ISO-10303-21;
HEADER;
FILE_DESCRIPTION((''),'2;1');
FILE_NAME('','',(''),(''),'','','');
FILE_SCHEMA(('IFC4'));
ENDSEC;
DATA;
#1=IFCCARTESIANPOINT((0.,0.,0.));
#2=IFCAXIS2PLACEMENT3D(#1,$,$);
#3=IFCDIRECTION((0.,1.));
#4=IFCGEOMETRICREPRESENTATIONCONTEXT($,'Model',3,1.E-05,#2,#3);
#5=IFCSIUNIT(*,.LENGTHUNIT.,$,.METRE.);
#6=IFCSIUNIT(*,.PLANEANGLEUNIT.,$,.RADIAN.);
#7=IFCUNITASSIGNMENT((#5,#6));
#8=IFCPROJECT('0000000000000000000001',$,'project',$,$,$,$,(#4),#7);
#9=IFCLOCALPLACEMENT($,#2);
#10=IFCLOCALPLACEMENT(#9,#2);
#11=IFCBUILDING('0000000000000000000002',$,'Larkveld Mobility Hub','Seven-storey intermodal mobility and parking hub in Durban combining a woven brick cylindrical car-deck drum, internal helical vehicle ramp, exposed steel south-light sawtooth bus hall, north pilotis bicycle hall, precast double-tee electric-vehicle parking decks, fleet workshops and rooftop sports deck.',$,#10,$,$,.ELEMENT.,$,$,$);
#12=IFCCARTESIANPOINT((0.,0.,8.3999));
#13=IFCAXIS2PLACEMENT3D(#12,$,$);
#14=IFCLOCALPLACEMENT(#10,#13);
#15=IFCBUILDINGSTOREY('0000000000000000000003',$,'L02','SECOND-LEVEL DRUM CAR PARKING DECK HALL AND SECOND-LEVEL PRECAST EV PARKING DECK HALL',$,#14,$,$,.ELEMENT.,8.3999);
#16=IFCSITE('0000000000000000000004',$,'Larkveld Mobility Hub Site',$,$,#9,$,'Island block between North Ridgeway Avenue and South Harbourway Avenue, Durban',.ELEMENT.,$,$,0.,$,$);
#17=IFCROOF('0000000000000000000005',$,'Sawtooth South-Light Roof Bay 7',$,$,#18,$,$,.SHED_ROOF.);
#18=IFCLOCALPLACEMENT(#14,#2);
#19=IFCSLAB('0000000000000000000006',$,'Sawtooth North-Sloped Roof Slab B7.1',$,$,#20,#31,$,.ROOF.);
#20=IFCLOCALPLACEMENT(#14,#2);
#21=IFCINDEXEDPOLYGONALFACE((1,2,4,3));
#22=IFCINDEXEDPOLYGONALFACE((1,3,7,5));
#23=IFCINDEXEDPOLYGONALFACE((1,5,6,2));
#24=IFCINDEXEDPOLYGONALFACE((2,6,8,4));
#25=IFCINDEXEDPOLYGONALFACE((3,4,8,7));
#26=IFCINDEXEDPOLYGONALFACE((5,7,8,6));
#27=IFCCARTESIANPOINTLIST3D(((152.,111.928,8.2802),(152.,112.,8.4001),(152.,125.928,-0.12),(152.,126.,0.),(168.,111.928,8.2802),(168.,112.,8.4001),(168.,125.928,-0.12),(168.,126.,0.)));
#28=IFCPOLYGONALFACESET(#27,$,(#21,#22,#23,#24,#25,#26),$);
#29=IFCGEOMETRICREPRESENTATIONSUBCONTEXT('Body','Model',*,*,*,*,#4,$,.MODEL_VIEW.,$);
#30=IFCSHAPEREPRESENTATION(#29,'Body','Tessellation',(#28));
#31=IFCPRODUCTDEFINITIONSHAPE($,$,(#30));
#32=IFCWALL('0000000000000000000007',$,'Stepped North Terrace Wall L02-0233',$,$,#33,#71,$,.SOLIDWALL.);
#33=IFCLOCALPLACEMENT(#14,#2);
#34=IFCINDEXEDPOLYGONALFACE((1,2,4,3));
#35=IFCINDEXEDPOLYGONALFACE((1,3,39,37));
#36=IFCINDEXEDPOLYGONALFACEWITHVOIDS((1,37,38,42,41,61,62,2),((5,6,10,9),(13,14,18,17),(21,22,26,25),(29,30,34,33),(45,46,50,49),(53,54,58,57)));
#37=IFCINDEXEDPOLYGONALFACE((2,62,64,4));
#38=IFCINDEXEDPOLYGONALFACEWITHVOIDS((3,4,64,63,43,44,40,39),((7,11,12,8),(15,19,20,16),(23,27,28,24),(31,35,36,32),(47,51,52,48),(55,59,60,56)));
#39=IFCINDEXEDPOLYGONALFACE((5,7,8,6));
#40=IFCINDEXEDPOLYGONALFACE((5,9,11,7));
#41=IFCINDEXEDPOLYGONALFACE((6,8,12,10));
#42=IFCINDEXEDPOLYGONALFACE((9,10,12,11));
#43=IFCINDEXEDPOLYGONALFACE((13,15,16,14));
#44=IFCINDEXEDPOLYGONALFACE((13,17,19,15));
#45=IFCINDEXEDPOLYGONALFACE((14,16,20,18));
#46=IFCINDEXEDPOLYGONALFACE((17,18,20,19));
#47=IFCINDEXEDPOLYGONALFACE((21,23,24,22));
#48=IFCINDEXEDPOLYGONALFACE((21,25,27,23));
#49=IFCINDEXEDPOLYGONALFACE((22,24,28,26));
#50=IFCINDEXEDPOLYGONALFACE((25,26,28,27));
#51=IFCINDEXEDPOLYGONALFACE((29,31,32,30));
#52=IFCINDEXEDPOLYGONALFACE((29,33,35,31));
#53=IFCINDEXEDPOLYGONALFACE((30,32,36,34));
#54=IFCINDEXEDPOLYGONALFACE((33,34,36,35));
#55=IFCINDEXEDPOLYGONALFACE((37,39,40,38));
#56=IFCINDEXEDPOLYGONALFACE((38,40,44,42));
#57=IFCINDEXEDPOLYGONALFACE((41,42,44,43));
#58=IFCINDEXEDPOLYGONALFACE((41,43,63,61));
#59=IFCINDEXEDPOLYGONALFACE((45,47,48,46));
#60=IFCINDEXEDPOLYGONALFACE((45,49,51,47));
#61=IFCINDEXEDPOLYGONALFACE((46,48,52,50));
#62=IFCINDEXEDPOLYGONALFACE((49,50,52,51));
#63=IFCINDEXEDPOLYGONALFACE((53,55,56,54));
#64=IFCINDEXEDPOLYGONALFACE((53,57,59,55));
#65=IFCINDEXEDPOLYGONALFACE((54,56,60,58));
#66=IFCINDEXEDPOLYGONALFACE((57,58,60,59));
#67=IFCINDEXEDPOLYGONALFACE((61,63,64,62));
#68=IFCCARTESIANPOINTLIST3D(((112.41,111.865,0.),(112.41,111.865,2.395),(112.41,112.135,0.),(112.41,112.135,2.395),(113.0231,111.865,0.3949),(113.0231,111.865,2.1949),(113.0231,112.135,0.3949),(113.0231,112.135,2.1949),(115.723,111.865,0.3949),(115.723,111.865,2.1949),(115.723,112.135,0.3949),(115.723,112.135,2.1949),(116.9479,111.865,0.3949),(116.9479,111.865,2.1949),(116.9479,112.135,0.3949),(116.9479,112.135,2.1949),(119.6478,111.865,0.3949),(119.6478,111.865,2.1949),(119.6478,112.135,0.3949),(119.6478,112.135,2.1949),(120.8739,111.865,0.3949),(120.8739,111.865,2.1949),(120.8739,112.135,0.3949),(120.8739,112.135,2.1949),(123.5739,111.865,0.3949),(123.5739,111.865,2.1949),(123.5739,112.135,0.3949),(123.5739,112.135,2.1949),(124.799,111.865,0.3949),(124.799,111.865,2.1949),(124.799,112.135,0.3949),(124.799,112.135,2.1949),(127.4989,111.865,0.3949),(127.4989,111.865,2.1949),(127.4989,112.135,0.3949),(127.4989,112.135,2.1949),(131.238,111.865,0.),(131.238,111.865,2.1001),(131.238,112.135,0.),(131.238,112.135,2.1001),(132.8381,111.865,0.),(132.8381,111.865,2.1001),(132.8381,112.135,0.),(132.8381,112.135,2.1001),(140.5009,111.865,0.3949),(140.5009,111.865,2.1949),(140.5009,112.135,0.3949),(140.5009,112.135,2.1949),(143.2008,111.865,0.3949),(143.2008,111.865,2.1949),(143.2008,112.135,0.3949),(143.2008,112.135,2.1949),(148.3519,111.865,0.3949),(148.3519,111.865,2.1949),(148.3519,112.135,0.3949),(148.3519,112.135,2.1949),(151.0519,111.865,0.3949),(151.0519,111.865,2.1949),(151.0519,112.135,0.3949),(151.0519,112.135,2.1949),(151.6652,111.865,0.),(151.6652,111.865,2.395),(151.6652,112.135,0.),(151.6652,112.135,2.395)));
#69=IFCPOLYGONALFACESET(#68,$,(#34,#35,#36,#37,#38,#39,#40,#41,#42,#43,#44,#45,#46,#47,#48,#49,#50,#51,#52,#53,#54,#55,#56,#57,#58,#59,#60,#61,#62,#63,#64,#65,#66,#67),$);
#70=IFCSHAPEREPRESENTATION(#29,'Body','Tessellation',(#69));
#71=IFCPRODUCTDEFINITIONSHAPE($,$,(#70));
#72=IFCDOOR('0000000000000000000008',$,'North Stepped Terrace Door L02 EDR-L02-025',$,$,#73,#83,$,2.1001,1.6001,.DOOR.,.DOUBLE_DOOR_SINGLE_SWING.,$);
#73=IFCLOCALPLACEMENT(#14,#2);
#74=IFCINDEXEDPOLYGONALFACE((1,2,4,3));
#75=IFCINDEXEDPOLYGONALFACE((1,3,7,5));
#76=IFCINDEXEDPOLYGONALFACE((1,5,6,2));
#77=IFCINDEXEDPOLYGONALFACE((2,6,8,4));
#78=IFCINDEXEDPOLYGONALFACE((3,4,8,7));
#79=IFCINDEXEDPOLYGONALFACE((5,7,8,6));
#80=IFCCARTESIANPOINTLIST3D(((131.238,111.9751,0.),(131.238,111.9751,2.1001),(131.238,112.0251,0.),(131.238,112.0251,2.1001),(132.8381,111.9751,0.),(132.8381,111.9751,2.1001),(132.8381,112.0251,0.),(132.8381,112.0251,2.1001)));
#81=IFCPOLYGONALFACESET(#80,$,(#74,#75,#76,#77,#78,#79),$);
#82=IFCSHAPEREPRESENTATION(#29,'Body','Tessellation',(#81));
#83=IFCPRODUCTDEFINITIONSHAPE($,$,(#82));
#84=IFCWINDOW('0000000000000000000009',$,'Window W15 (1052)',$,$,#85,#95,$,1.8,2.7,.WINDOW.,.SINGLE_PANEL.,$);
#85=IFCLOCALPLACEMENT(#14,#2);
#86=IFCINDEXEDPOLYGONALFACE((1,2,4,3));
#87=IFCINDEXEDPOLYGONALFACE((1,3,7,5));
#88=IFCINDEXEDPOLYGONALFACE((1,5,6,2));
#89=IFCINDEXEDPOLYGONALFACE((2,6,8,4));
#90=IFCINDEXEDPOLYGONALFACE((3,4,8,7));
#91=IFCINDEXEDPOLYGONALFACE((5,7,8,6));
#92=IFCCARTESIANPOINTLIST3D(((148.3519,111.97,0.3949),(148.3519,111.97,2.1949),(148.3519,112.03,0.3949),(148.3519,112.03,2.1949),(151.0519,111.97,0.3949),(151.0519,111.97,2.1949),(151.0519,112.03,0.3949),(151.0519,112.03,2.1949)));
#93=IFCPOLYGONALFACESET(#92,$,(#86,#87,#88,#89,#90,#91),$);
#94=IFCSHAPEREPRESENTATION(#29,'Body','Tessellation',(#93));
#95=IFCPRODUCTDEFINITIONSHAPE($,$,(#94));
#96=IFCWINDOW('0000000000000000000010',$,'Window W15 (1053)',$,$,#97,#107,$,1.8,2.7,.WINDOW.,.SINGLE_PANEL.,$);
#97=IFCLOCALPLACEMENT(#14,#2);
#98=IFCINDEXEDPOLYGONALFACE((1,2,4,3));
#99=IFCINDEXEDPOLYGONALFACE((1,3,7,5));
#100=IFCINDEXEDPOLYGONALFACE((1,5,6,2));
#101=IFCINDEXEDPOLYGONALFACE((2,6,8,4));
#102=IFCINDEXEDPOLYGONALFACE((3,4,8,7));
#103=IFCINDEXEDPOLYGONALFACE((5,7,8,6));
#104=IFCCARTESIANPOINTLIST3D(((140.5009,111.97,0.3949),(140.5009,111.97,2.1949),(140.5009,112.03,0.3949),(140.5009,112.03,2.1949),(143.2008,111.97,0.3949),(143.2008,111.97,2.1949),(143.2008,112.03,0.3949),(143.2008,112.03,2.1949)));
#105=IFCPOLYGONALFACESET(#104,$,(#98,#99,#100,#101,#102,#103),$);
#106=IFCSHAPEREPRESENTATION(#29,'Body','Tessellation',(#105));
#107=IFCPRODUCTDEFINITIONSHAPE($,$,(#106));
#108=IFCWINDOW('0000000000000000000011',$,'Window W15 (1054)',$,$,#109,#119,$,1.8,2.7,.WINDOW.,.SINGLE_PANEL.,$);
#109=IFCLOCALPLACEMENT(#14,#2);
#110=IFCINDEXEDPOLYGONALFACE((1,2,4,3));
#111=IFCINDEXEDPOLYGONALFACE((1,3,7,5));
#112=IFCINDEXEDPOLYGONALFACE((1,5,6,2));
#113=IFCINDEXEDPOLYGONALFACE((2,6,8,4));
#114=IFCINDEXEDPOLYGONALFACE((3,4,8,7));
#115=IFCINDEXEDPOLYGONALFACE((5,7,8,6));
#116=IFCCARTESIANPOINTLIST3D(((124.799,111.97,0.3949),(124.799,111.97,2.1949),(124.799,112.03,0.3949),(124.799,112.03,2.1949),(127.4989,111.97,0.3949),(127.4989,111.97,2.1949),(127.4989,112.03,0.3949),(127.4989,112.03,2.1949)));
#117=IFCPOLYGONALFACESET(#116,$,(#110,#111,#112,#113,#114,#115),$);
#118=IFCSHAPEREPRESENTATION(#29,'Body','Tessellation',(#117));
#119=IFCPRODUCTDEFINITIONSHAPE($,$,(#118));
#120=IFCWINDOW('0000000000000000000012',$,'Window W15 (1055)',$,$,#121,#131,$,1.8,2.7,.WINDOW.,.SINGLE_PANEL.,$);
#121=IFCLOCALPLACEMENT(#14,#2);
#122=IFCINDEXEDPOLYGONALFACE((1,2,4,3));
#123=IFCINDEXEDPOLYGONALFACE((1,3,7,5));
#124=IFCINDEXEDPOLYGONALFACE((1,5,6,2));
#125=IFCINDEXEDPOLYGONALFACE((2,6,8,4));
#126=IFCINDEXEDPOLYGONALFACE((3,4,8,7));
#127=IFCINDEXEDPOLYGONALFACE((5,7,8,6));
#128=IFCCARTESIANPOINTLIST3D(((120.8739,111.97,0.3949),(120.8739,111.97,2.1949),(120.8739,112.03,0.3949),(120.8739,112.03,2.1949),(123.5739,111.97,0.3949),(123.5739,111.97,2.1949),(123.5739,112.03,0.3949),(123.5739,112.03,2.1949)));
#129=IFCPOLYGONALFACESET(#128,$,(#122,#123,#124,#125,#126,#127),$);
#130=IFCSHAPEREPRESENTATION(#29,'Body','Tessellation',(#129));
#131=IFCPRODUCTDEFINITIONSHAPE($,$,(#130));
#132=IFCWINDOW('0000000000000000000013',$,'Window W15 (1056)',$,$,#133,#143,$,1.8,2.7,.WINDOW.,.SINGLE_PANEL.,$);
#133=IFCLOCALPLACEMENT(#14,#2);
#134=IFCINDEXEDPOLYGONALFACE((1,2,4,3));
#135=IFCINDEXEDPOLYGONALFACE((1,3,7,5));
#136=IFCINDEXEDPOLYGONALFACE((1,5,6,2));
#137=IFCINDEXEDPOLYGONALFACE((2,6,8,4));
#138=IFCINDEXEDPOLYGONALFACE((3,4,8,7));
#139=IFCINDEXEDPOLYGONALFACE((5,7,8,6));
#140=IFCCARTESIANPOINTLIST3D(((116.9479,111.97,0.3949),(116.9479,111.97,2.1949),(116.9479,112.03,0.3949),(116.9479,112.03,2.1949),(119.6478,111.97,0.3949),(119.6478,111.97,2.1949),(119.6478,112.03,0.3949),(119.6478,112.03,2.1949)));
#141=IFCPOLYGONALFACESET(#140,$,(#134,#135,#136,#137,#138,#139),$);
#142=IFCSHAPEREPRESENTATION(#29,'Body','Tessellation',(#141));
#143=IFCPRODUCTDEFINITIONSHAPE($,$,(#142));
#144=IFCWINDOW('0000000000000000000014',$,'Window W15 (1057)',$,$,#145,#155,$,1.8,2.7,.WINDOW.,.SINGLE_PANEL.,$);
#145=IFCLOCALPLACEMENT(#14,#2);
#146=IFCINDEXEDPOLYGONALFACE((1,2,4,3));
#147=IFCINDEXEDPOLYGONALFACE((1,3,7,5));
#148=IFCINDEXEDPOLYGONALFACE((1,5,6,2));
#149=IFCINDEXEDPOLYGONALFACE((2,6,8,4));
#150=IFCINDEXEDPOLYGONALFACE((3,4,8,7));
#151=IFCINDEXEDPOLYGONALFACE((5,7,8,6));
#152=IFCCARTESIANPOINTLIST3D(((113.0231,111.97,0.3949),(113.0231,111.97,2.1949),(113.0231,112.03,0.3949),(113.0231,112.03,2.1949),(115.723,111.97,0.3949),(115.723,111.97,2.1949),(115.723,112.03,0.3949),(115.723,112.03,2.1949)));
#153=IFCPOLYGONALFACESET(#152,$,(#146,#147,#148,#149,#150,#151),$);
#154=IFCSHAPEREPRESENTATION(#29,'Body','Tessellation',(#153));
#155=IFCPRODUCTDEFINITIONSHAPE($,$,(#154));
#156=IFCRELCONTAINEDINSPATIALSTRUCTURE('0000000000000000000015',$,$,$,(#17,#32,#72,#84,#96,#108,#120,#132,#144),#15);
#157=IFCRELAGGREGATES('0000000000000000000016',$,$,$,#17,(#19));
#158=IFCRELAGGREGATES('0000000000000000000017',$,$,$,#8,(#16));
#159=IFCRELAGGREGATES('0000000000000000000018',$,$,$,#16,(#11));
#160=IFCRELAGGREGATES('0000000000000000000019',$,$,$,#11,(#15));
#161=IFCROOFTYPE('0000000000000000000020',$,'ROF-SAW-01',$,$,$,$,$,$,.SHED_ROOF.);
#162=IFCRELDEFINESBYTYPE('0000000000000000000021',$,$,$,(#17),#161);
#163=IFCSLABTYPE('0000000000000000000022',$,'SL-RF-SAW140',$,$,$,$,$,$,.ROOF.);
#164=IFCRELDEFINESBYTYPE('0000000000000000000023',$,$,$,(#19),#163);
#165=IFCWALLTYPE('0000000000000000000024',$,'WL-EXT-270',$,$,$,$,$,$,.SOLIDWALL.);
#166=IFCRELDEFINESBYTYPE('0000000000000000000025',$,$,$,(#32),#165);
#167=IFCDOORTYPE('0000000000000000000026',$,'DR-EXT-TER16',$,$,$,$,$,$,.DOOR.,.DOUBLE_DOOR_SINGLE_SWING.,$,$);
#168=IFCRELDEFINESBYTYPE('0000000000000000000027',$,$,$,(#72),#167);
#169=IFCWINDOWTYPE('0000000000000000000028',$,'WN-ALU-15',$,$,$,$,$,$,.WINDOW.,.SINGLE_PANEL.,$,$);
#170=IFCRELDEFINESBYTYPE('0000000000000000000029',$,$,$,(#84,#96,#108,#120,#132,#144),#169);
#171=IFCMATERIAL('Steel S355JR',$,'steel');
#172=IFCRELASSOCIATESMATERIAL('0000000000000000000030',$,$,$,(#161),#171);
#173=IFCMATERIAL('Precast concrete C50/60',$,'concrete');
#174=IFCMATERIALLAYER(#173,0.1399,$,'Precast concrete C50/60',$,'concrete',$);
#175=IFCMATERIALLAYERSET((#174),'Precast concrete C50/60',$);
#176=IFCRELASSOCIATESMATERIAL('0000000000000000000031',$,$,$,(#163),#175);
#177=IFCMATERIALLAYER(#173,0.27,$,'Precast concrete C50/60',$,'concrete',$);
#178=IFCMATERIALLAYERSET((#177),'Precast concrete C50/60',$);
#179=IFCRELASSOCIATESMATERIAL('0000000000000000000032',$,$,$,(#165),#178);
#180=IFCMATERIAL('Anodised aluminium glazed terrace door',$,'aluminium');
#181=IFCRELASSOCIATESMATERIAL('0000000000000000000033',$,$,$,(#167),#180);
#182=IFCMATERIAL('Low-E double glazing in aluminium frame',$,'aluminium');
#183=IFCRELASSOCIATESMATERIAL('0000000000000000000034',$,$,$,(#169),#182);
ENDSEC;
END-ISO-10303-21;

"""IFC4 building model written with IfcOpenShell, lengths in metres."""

from ifc_helpers import new_model, si_unit, direction, frame, frame_2d, origin, place, context, subcontext, project, spatial, polyline, rectangle, outline, extrude, material, layer, layer_set, type_object, element, fill, aggregate, save


model = new_model("IFC4")

# Units and contexts
model_context = context("Model", 3, precision=1e-05, world=origin(), true_north=direction((0.0, 1.0)))
body_context = subcontext(model_context, "Body", "Model", "MODEL_VIEW")
ifc_project = project(units=[si_unit("LENGTHUNIT", "METRE"), si_unit("PLANEANGLEUNIT", "RADIAN")], contexts=[model_context])

# Site, building, storey
site_placement = place(None, origin())
site = spatial("IfcSite", under=ifc_project, at=site_placement, Name="Larkveld Mobility Hub Site", LongName="Island block between North Ridgeway Avenue and South Harbourway Avenue, Durban", CompositionType="ELEMENT", RefElevation=0.0)
building_placement = place(site_placement, origin())
building = spatial("IfcBuilding", under=site, at=building_placement, Name="Larkveld Mobility Hub", Description="Seven-storey intermodal mobility and parking hub in Durban combining a woven brick cylindrical car-deck drum, internal helical vehicle ramp, exposed steel south-light sawtooth bus hall, north pilotis bicycle hall, precast double-tee electric-vehicle parking decks, fleet workshops and rooftop sports deck.", CompositionType="ELEMENT")
storey_placement = place(building_placement, frame((0.0, 0.0, 8.3999)))
storey = spatial("IfcBuildingStorey", under=building, at=storey_placement, Name="L02", Description="SECOND-LEVEL DRUM CAR PARKING DECK HALL AND SECOND-LEVEL PRECAST EV PARKING DECK HALL", CompositionType="ELEMENT", Elevation=8.3999)

# Shared definitions
ifc_material_1 = material(Name="Precast concrete C50/60", Category="concrete")

# Shared definitions
ifc_material_2 = material(Name="Steel S355JR", Category="steel")

# Roof, slab
roof_type = type_object("IfcRoofType", Name="ROF-SAW-01", PredefinedType="SHED_ROOF", material=ifc_material_2)
roof_placement = place(storey_placement, origin())
roof = element("IfcRoof", 1, at=roof_placement, inside=storey, type_object=roof_type, Name="Sawtooth South-Light Roof Bay 7", PredefinedType="SHED_ROOF")
ifc_layer_1 = layer(ifc_material_1, 0.1399, Name="Precast concrete C50/60", Category="concrete")
ifc_layer_set_1 = layer_set([ifc_layer_1], Name="Precast concrete C50/60")
slab_type = type_object("IfcSlabType", Name="SL-RF-SAW140", PredefinedType="ROOF", material=ifc_layer_set_1)
slab_placement = place(storey_placement, frame((152.0, 112.0, 8.4001), z_axis=(0.0, 0.514502, 0.857489), x_axis=(1.0, 0.0, 0.0)))
slab = element("IfcSlab", 2, at=slab_placement, type_object=slab_type, Name="Sawtooth North-Sloped Roof Slab B7.1", PredefinedType="ROOF", context=body_context, shape_type="SweptSolid", body=[
    extrude(outline(polyline([(0.0, 0.0), (16.0, 0.0), (16.0, 16.3267), (0.0, 16.3267), (0.0, 0.0)])), origin(), (0.0, 0.0, -1.0), 0.1399),
])
aggregate(roof, [slab])

# Wall, openings, door, windows
ifc_layer_2 = layer(ifc_material_1, 0.27, Name="Precast concrete C50/60", Category="concrete")
ifc_layer_set_2 = layer_set([ifc_layer_2], Name="Precast concrete C50/60")
wall_type = type_object("IfcWallType", Name="WL-EXT-270", PredefinedType="SOLIDWALL", material=ifc_layer_set_2)
wall_placement = place(storey_placement, frame((151.665, 112.0, 0.0), z_axis=(0.0, 0.0, 1.0), x_axis=(-1.0, 0.0, 0.0)))
wall = element("IfcWall", 3, at=wall_placement, inside=storey, type_object=wall_type, Name="Stepped North Terrace Wall L02-0233", PredefinedType="SOLIDWALL", context=body_context, shape_type="SweptSolid", body=[
    extrude(rectangle(XDim=39.2551, YDim=0.27, at=frame_2d((19.6274, 0.0))), origin(), (0.0, 0.0, 1.0), 2.395),
])
opening_1_placement = place(wall_placement, frame((18.8269, 0.0, 0.0)))
opening_1 = element("IfcOpeningElement", 4, at=opening_1_placement, cuts=wall, PredefinedType="OPENING", context=body_context, shape_type="SweptSolid", body=[
    extrude(rectangle(XDim=1.6001, YDim=2.1001, at=frame_2d((0.8, 1.05))), frame((0.0, 0.145, 0.0), z_axis=(0.0, -1.0, 0.0), x_axis=(1.0, 0.0, 0.0)), (0.0, 0.0, 1.0), 0.29),
])
opening_2_placement = place(wall_placement, frame((0.613, 0.0, 0.395)))
opening_2 = element("IfcOpeningElement", 5, at=opening_2_placement, cuts=wall, PredefinedType="OPENING", context=body_context, shape_type="SweptSolid", body=[
    extrude(rectangle(XDim=2.7, YDim=1.8, at=frame_2d((1.3501, 0.8999))), frame((0.0, 0.145, 0.0), z_axis=(0.0, -1.0, 0.0), x_axis=(1.0, 0.0, 0.0)), (0.0, 0.0, 1.0), 0.29),
])
opening_3_placement = place(wall_placement, frame((8.4641, 0.0, 0.395)))
opening_3 = element("IfcOpeningElement", 6, at=opening_3_placement, cuts=wall, PredefinedType="OPENING", context=body_context, shape_type="SweptSolid", body=[
    extrude(rectangle(XDim=2.7, YDim=1.8, at=frame_2d((1.3501, 0.8999))), frame((0.0, 0.145, 0.0), z_axis=(0.0, -1.0, 0.0), x_axis=(1.0, 0.0, 0.0)), (0.0, 0.0, 1.0), 0.29),
])
opening_4_placement = place(wall_placement, frame((24.166, 0.0, 0.395)))
opening_4 = element("IfcOpeningElement", 7, at=opening_4_placement, cuts=wall, PredefinedType="OPENING", context=body_context, shape_type="SweptSolid", body=[
    extrude(rectangle(XDim=2.7, YDim=1.8, at=frame_2d((1.3501, 0.8999))), frame((0.0, 0.145, 0.0), z_axis=(0.0, -1.0, 0.0), x_axis=(1.0, 0.0, 0.0)), (0.0, 0.0, 1.0), 0.29),
])
opening_5_placement = place(wall_placement, frame((28.0911, 0.0, 0.395)))
opening_5 = element("IfcOpeningElement", 8, at=opening_5_placement, cuts=wall, PredefinedType="OPENING", context=body_context, shape_type="SweptSolid", body=[
    extrude(rectangle(XDim=2.7, YDim=1.8, at=frame_2d((1.3501, 0.8999))), frame((0.0, 0.145, 0.0), z_axis=(0.0, -1.0, 0.0), x_axis=(1.0, 0.0, 0.0)), (0.0, 0.0, 1.0), 0.29),
])
opening_6_placement = place(wall_placement, frame((32.0171, 0.0, 0.395)))
opening_6 = element("IfcOpeningElement", 9, at=opening_6_placement, cuts=wall, PredefinedType="OPENING", context=body_context, shape_type="SweptSolid", body=[
    extrude(rectangle(XDim=2.7, YDim=1.8, at=frame_2d((1.3501, 0.8999))), frame((0.0, 0.145, 0.0), z_axis=(0.0, -1.0, 0.0), x_axis=(1.0, 0.0, 0.0)), (0.0, 0.0, 1.0), 0.29),
])
opening_7_placement = place(wall_placement, frame((35.9419, 0.0, 0.395)))
opening_7 = element("IfcOpeningElement", 10, at=opening_7_placement, cuts=wall, PredefinedType="OPENING", context=body_context, shape_type="SweptSolid", body=[
    extrude(rectangle(XDim=2.7, YDim=1.8, at=frame_2d((1.3501, 0.8999))), frame((0.0, 0.145, 0.0), z_axis=(0.0, -1.0, 0.0), x_axis=(1.0, 0.0, 0.0)), (0.0, 0.0, 1.0), 0.29),
])
ifc_material_3 = material(Name="Anodised aluminium glazed terrace door", Category="aluminium")
door_type = type_object("IfcDoorType", Name="DR-EXT-TER16", OperationType="DOUBLE_DOOR_SINGLE_SWING", PredefinedType="DOOR", material=ifc_material_3)
door_placement = place(opening_1_placement, origin())
door = element("IfcDoor", 11, at=door_placement, inside=storey, type_object=door_type, Name="North Stepped Terrace Door L02 EDR-L02-025", OperationType="DOUBLE_DOOR_SINGLE_SWING", OverallHeight=2.1001, OverallWidth=1.6001, PredefinedType="DOOR", context=body_context, shape_type="SweptSolid", body=[
    extrude(rectangle(XDim=1.6001, YDim=2.1001, at=frame_2d((0.8, 1.05))), frame((0.0, 0.0249, 0.0), z_axis=(0.0, -1.0, 0.0), x_axis=(1.0, 0.0, 0.0)), (0.0, 0.0, 1.0), 0.05),
])
fill(opening_1, door)
ifc_material_4 = material(Name="Low-E double glazing in aluminium frame", Category="aluminium")
window_type = type_object("IfcWindowType", Name="WN-ALU-15", PartitioningType="SINGLE_PANEL", PredefinedType="WINDOW", material=ifc_material_4)
window_1_placement = place(opening_2_placement, origin())
window_1 = element("IfcWindow", 12, at=window_1_placement, inside=storey, type_object=window_type, Name="Window W15 (1052)", OverallHeight=1.8, OverallWidth=2.7, PartitioningType="SINGLE_PANEL", PredefinedType="WINDOW", context=body_context, shape_type="SweptSolid", body=[
    extrude(rectangle(XDim=2.7, YDim=1.8, at=frame_2d((1.3501, 0.8999))), frame((0.0, 0.03, 0.0), z_axis=(0.0, -1.0, 0.0), x_axis=(1.0, 0.0, 0.0)), (0.0, 0.0, 1.0), 0.0601),
])
fill(opening_2, window_1)
window_2_placement = place(opening_3_placement, origin())
window_2 = element("IfcWindow", 13, at=window_2_placement, inside=storey, type_object=window_type, Name="Window W15 (1053)", OverallHeight=1.8, OverallWidth=2.7, PartitioningType="SINGLE_PANEL", PredefinedType="WINDOW", context=body_context, shape_type="SweptSolid", body=[
    extrude(rectangle(XDim=2.7, YDim=1.8, at=frame_2d((1.3501, 0.8999))), frame((0.0, 0.03, 0.0), z_axis=(0.0, -1.0, 0.0), x_axis=(1.0, 0.0, 0.0)), (0.0, 0.0, 1.0), 0.0601),
])
fill(opening_3, window_2)
window_3_placement = place(opening_4_placement, origin())
window_3 = element("IfcWindow", 14, at=window_3_placement, inside=storey, type_object=window_type, Name="Window W15 (1054)", OverallHeight=1.8, OverallWidth=2.7, PartitioningType="SINGLE_PANEL", PredefinedType="WINDOW", context=body_context, shape_type="SweptSolid", body=[
    extrude(rectangle(XDim=2.7, YDim=1.8, at=frame_2d((1.3501, 0.8999))), frame((0.0, 0.03, 0.0), z_axis=(0.0, -1.0, 0.0), x_axis=(1.0, 0.0, 0.0)), (0.0, 0.0, 1.0), 0.0601),
])
fill(opening_4, window_3)
window_4_placement = place(opening_5_placement, origin())
window_4 = element("IfcWindow", 15, at=window_4_placement, inside=storey, type_object=window_type, Name="Window W15 (1055)", OverallHeight=1.8, OverallWidth=2.7, PartitioningType="SINGLE_PANEL", PredefinedType="WINDOW", context=body_context, shape_type="SweptSolid", body=[
    extrude(rectangle(XDim=2.7, YDim=1.8, at=frame_2d((1.3501, 0.8999))), frame((0.0, 0.03, 0.0), z_axis=(0.0, -1.0, 0.0), x_axis=(1.0, 0.0, 0.0)), (0.0, 0.0, 1.0), 0.0601),
])
fill(opening_5, window_4)
window_5_placement = place(opening_6_placement, origin())
window_5 = element("IfcWindow", 16, at=window_5_placement, inside=storey, type_object=window_type, Name="Window W15 (1056)", OverallHeight=1.8, OverallWidth=2.7, PartitioningType="SINGLE_PANEL", PredefinedType="WINDOW", context=body_context, shape_type="SweptSolid", body=[
    extrude(rectangle(XDim=2.7, YDim=1.8, at=frame_2d((1.3501, 0.8999))), frame((0.0, 0.03, 0.0), z_axis=(0.0, -1.0, 0.0), x_axis=(1.0, 0.0, 0.0)), (0.0, 0.0, 1.0), 0.0601),
])
fill(opening_6, window_5)
window_6_placement = place(opening_7_placement, origin())
window_6 = element("IfcWindow", 17, at=window_6_placement, inside=storey, type_object=window_type, Name="Window W15 (1057)", OverallHeight=1.8, OverallWidth=2.7, PartitioningType="SINGLE_PANEL", PredefinedType="WINDOW", context=body_context, shape_type="SweptSolid", body=[
    extrude(rectangle(XDim=2.7, YDim=1.8, at=frame_2d((1.3501, 0.8999))), frame((0.0, 0.03, 0.0), z_axis=(0.0, -1.0, 0.0), x_axis=(1.0, 0.0, 0.0)), (0.0, 0.0, 1.0), 0.0601),
])
fill(opening_7, window_6)

save(model, "model.ifc")
